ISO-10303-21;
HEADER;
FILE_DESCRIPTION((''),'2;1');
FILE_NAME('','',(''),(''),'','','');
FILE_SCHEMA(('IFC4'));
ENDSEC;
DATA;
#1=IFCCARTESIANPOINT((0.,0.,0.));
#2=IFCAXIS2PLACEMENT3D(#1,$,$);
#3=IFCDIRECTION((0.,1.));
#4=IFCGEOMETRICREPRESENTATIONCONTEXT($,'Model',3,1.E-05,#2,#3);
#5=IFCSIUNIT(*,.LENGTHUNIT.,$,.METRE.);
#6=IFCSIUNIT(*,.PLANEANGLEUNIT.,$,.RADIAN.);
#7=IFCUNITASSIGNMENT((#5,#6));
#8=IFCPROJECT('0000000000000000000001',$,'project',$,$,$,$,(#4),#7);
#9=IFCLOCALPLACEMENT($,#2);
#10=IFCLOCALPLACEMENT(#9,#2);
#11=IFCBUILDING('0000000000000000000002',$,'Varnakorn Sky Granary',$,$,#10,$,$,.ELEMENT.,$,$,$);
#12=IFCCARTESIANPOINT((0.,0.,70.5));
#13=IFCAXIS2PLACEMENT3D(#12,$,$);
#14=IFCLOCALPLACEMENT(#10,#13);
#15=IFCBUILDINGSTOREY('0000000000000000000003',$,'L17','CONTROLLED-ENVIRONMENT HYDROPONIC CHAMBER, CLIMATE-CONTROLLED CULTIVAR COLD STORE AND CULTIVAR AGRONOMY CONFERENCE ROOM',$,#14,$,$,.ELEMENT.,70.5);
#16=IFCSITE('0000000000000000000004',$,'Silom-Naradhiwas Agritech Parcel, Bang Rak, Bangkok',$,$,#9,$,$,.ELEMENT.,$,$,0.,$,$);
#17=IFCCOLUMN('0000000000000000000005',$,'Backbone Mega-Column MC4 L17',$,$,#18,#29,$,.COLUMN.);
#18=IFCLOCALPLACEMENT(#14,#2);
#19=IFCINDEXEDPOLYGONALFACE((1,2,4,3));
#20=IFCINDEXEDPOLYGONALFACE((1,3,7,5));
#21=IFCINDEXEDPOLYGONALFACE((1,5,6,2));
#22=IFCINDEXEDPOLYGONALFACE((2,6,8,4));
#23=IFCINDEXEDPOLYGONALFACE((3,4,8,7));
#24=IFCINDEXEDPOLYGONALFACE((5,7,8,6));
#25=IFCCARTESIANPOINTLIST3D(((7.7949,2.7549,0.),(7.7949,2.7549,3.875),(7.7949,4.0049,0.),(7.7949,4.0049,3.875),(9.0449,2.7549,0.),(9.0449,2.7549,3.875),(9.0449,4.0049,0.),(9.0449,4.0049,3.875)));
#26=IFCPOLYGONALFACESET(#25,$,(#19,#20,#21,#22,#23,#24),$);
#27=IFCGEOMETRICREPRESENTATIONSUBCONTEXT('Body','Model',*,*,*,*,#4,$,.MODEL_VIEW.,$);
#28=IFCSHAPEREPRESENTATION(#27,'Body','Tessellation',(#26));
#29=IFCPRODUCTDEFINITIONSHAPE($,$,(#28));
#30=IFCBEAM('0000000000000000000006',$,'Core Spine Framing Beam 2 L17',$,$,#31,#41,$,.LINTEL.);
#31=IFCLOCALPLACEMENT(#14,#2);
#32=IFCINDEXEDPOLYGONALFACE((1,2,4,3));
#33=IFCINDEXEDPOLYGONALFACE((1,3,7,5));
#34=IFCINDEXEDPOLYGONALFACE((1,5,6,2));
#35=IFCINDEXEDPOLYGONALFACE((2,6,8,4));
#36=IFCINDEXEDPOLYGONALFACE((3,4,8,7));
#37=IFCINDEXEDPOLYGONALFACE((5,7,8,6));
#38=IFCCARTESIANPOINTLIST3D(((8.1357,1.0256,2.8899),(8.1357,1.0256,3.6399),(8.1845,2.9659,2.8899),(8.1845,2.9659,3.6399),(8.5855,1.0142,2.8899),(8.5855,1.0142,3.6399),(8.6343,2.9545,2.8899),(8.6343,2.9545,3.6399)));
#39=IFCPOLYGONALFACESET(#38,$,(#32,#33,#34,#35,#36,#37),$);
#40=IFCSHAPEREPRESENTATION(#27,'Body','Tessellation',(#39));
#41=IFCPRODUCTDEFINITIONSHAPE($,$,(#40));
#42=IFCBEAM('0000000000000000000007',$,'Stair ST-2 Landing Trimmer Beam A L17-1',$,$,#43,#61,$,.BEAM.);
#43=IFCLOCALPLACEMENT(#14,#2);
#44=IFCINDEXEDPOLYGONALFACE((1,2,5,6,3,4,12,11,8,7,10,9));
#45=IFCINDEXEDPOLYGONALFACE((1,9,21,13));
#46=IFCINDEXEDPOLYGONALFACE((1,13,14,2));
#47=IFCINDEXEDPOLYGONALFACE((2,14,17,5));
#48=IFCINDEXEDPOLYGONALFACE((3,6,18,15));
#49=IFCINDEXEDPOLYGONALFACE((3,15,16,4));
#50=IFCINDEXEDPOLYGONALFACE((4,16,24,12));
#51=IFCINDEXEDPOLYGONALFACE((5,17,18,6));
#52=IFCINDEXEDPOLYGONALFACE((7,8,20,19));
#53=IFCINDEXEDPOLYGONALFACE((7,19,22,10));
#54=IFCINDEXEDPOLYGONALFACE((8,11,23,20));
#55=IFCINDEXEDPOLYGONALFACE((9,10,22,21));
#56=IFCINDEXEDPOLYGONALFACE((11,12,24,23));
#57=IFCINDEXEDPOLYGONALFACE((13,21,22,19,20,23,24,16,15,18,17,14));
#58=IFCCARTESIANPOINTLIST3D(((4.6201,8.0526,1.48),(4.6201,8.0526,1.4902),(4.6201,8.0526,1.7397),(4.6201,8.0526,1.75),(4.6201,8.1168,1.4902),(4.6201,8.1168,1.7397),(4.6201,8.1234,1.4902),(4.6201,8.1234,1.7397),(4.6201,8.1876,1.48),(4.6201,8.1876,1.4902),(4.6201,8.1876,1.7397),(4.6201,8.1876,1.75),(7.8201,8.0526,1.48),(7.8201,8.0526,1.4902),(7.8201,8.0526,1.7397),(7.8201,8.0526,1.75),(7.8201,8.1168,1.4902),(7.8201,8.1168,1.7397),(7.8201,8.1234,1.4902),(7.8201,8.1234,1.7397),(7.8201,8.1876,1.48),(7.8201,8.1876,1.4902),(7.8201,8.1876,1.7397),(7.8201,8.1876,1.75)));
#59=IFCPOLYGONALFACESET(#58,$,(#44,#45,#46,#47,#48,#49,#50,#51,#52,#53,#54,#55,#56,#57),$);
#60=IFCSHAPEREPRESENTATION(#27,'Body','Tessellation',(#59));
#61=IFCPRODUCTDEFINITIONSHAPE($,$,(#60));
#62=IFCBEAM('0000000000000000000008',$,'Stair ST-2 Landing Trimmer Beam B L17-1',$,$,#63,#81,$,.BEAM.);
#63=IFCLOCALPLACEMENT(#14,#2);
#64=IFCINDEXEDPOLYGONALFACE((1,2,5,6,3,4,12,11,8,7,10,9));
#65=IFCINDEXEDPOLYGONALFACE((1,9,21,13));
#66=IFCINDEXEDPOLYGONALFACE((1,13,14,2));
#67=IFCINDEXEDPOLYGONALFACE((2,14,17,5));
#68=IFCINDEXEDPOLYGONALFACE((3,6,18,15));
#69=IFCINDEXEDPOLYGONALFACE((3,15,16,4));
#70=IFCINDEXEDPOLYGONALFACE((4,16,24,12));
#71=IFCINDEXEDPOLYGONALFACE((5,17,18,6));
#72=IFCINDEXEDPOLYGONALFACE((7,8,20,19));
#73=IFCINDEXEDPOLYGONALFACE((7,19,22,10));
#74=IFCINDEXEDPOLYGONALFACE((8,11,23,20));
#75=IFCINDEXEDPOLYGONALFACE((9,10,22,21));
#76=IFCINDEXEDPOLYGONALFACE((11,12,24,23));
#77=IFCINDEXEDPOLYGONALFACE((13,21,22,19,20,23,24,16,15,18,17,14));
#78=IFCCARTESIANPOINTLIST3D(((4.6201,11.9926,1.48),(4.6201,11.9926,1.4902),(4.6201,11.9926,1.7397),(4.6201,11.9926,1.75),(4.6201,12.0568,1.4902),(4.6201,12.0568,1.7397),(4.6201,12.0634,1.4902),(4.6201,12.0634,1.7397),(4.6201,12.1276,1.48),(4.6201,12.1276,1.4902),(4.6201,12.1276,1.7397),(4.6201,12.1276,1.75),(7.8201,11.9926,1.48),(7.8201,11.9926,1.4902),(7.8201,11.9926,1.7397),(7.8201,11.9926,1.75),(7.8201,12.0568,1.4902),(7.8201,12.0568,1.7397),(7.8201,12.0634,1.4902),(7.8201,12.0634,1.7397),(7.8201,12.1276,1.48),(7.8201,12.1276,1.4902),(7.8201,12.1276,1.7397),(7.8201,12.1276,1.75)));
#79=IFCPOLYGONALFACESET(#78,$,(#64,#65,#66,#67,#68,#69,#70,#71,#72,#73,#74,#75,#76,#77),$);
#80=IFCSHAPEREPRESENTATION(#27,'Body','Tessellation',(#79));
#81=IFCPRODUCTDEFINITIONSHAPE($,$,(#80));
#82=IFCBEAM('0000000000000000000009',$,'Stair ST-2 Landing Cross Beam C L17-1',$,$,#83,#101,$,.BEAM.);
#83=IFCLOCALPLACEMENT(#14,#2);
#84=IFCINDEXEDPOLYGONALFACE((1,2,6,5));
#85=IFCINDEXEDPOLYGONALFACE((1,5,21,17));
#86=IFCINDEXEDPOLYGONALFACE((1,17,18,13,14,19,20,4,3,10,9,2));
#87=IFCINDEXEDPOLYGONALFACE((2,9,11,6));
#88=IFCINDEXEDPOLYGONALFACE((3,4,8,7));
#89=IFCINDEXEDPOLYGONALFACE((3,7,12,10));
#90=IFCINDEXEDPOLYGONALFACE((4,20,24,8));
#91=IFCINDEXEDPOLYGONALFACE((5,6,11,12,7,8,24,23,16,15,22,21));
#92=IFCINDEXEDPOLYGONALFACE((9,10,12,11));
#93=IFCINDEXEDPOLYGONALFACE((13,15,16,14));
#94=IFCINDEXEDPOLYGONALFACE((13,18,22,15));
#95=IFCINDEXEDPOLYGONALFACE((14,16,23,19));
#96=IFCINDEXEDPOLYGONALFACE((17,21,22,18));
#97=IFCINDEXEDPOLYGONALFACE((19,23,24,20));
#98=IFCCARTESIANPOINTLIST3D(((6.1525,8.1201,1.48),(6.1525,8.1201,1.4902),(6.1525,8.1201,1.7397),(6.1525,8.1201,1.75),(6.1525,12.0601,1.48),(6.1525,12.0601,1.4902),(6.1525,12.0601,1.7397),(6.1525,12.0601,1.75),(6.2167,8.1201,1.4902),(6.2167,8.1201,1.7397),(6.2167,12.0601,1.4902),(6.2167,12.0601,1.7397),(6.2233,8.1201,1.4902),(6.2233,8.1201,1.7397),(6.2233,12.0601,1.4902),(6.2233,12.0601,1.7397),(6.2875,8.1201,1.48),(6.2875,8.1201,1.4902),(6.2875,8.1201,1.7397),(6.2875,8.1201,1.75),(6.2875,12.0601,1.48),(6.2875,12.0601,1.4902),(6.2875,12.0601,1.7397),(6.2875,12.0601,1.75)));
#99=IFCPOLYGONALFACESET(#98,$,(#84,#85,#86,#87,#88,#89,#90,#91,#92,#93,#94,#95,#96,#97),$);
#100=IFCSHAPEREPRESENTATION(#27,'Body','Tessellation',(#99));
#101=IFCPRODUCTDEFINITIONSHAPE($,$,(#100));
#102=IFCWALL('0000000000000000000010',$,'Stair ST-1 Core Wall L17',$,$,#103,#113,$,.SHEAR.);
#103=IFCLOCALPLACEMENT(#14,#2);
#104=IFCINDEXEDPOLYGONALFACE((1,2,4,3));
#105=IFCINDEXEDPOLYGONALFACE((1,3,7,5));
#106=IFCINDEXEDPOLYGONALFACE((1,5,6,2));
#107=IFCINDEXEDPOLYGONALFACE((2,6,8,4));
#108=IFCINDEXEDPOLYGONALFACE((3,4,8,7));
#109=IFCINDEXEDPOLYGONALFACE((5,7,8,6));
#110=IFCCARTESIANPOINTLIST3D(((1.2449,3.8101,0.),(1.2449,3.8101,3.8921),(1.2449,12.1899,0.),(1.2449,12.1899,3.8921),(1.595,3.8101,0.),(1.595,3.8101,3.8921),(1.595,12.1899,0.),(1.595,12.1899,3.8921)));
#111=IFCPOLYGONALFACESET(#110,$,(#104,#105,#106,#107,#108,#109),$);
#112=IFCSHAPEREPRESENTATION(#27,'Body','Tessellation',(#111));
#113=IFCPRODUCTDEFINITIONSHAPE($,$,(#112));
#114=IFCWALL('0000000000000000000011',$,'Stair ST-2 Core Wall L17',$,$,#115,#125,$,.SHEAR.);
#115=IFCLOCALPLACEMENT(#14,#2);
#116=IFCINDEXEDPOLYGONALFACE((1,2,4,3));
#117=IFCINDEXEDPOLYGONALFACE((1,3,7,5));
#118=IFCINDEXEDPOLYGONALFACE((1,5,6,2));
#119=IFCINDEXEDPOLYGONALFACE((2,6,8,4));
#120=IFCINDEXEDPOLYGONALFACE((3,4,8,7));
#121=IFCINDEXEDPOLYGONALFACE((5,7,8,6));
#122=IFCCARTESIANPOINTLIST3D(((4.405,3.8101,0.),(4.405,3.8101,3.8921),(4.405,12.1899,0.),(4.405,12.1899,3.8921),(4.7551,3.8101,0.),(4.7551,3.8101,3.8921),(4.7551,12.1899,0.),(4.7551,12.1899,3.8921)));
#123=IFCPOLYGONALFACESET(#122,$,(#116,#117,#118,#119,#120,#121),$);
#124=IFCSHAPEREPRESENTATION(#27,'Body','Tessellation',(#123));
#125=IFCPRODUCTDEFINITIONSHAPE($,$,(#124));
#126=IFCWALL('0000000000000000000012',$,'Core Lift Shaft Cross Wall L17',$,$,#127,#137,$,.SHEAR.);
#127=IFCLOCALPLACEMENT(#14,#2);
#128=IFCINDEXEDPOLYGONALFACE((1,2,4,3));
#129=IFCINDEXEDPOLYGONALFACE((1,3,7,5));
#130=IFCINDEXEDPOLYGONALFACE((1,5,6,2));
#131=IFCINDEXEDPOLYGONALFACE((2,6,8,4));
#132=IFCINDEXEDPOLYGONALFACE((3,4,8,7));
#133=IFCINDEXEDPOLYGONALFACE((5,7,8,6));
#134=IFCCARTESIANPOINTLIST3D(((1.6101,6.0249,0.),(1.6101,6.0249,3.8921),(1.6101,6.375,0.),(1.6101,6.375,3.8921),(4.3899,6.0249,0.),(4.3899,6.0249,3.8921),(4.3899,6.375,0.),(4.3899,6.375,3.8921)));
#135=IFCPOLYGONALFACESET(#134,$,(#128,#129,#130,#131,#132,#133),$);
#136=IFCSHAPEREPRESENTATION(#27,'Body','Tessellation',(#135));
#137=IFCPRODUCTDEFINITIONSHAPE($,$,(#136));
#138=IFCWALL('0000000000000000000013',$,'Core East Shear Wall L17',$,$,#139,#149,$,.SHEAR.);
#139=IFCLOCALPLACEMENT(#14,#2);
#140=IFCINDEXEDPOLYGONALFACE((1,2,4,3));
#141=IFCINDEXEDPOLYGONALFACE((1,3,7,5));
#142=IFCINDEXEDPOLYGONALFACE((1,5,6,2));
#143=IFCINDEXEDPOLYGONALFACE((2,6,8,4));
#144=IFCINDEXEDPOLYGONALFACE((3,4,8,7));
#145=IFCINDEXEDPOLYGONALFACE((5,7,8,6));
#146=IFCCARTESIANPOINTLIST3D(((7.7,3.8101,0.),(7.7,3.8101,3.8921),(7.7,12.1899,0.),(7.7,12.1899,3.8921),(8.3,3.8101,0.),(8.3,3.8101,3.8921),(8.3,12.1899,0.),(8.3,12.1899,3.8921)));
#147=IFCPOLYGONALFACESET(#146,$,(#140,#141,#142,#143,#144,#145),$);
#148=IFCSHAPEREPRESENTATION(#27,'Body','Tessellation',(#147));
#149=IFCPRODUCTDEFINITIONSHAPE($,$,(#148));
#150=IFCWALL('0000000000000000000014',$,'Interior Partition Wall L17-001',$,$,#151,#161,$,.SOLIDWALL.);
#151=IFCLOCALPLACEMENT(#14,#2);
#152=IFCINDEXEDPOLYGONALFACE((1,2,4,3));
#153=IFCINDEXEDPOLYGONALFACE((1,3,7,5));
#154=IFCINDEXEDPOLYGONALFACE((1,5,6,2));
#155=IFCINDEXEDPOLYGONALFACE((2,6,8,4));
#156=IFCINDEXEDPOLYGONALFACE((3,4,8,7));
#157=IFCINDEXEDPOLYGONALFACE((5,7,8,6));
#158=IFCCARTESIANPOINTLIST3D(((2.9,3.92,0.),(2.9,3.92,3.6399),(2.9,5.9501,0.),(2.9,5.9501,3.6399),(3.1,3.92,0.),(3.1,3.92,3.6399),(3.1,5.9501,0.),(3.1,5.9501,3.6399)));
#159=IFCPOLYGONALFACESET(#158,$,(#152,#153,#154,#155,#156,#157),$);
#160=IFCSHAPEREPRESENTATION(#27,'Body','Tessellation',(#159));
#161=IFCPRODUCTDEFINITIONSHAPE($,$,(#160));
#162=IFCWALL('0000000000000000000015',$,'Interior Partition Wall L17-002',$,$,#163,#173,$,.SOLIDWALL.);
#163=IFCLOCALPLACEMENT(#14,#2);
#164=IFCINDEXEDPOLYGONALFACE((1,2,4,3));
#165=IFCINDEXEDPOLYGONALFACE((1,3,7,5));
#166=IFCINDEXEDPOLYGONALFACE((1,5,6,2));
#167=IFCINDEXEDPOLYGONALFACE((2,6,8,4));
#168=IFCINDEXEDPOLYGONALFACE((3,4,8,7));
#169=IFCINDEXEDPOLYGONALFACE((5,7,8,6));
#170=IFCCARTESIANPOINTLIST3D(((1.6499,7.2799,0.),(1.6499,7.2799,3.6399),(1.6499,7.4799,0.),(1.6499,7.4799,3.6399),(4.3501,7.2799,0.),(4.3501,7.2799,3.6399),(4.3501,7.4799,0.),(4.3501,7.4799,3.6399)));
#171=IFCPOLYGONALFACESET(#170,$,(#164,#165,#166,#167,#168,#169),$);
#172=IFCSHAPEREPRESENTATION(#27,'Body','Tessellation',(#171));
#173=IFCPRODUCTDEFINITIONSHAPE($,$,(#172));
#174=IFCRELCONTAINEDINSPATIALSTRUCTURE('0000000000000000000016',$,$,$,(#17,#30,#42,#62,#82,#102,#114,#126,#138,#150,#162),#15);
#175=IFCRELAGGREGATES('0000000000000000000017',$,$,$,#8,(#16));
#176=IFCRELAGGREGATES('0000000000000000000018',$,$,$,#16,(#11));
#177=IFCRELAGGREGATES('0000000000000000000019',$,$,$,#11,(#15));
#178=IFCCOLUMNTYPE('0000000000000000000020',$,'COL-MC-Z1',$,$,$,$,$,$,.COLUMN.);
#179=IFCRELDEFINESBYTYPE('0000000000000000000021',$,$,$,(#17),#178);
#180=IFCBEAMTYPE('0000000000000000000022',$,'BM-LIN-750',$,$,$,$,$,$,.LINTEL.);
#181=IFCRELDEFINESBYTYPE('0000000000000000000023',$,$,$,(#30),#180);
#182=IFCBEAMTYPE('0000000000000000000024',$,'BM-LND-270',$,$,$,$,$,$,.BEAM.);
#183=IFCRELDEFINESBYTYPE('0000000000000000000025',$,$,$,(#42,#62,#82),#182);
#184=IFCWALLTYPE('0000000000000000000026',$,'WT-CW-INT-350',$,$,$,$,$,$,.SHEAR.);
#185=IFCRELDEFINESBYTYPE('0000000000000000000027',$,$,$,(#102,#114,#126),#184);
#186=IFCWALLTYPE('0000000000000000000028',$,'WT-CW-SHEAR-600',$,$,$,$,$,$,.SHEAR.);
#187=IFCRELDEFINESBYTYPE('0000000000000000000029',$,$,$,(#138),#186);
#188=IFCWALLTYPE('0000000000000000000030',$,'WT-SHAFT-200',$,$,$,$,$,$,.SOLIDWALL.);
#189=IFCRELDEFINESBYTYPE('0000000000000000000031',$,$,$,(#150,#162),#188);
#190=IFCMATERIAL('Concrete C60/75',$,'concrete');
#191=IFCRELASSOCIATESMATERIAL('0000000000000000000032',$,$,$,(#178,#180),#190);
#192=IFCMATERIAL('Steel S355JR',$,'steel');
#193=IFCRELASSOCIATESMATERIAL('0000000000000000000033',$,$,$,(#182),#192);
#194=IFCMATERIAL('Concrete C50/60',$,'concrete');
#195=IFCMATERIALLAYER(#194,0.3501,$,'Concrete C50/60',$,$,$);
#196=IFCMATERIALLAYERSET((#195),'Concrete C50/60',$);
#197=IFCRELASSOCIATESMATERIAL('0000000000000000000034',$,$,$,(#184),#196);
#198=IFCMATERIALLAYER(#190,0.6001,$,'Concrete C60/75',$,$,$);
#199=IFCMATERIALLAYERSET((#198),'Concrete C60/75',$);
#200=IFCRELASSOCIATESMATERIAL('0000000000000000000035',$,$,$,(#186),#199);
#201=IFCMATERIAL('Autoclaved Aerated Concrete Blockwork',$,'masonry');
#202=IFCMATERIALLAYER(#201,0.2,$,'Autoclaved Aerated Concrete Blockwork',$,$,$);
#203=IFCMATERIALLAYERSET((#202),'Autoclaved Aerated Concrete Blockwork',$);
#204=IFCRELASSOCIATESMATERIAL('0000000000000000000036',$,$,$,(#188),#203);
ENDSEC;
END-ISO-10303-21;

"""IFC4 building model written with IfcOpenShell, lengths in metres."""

from ifc_helpers import new_model, si_unit, direction, frame, frame_2d, origin, origin_2d, place, context, subcontext, project, spatial, rectangle, i_section, extrude, material, layer, layer_set, material_profile, profile_set, type_object, element, save


model = new_model("IFC4")

# Units and contexts
model_context = context("Model", 3, precision=1e-05, world=origin(), true_north=direction((0.0, 1.0)))
body_context = subcontext(model_context, "Body", "Model", "MODEL_VIEW")
ifc_project = project(units=[si_unit("LENGTHUNIT", "METRE"), si_unit("PLANEANGLEUNIT", "RADIAN")], contexts=[model_context])

# Site, building, storey
site_placement = place(None, origin())
site = spatial("IfcSite", under=ifc_project, at=site_placement, Name="Silom-Naradhiwas Agritech Parcel, Bang Rak, Bangkok", CompositionType="ELEMENT", RefElevation=0.0)
building_placement = place(site_placement, origin())
building = spatial("IfcBuilding", under=site, at=building_placement, Name="Varnakorn Sky Granary", CompositionType="ELEMENT")
storey_placement = place(building_placement, frame((0.0, 0.0, 70.5)))
storey = spatial("IfcBuildingStorey", under=building, at=storey_placement, Name="L17", Description="CONTROLLED-ENVIRONMENT HYDROPONIC CHAMBER, CLIMATE-CONTROLLED CULTIVAR COLD STORE AND CULTIVAR AGRONOMY CONFERENCE ROOM", CompositionType="ELEMENT", Elevation=70.5)

# Column
ifc_material_1 = material(Name="Concrete C60/75", Category="concrete")
ifc_material_profile_1 = material_profile(ifc_material_1, rectangle(XDim=1.25, YDim=1.25, at=origin_2d()), Name="RC 1250x1250")
ifc_profile_set_1 = profile_set([ifc_material_profile_1], Name="Concrete C60/75")
column_type = type_object("IfcColumnType", Name="COL-MC-Z1", PredefinedType="COLUMN", material=ifc_profile_set_1)
column_placement = place(storey_placement, frame((8.4199, 3.3799, 0.0), z_axis=(0.0, 0.0, 1.0), x_axis=(1.0, 0.0, 0.0)))
element("IfcColumn", 1, at=column_placement, inside=storey, type_object=column_type, Name="Backbone Mega-Column MC4 L17", PredefinedType="COLUMN", context=body_context, shape_type="SweptSolid", body=[
    extrude(rectangle(XDim=1.25, YDim=1.25, at=origin_2d()), origin(), (0.0, 0.0, 1.0), 3.875),
])

# Beams
ifc_material_profile_2 = material_profile(ifc_material_1, rectangle(XDim=0.45, YDim=0.75, at=origin_2d()), Name="RC 450x750")
ifc_profile_set_2 = profile_set([ifc_material_profile_2], Name="Concrete C60/75")
beam_type_1 = type_object("IfcBeamType", Name="BM-LIN-750", PredefinedType="LINTEL", material=ifc_profile_set_2)
beam_1_placement = place(storey_placement, frame((8.4094, 2.9602, 3.2649), z_axis=(-0.025159, -0.999683, 0.0), x_axis=(0.999683, -0.025159, 0.0)))
element("IfcBeam", 2, at=beam_1_placement, inside=storey, type_object=beam_type_1, Name="Core Spine Framing Beam 2 L17", PredefinedType="LINTEL", context=body_context, shape_type="SweptSolid", body=[
    extrude(rectangle(XDim=0.45, YDim=0.75, at=origin_2d()), origin(), (0.0, 0.0, 1.0), 1.9409),
])
ifc_material_2 = material(Name="Steel S355JR", Category="steel")
ifc_material_profile_3 = material_profile(ifc_material_2, i_section(OverallWidth=0.135, OverallDepth=0.27, WebThickness=0.0066, FlangeThickness=0.0103, at=origin_2d()), Name="IPE 270")
ifc_profile_set_3 = profile_set([ifc_material_profile_3], Name="Steel S355JR")
beam_type_2 = type_object("IfcBeamType", Name="BM-LND-270", PredefinedType="BEAM", material=ifc_profile_set_3)
for number, where, z_axis, x_axis, name in (
    (3, (4.6201, 8.1201, 1.615), (1.0, 0.0, 0.0), (0.0, 1.0, 0.0), "Stair ST-2 Landing Trimmer Beam A L17-1"),
    (4, (4.6201, 12.0601, 1.615), (1.0, 0.0, 0.0), (0.0, 1.0, 0.0), "Stair ST-2 Landing Trimmer Beam B L17-1"),
):
    element("IfcBeam", number, at=place(storey_placement, frame(where, z_axis=z_axis, x_axis=x_axis)), inside=storey, type_object=beam_type_2, Name=name, PredefinedType="BEAM", context=body_context, shape_type="SweptSolid", body=[
        extrude(i_section(OverallWidth=0.135, OverallDepth=0.27, WebThickness=0.0066, FlangeThickness=0.0103, at=origin_2d()), origin(), (0.0, 0.0, 1.0), 3.2),
    ])
beam_2_placement = place(storey_placement, frame((6.22, 8.1201, 1.615), z_axis=(0.0, 1.0, 0.0), x_axis=(-1.0, 0.0, 0.0)))
element("IfcBeam", 5, at=beam_2_placement, inside=storey, type_object=beam_type_2, Name="Stair ST-2 Landing Cross Beam C L17-1", PredefinedType="BEAM", context=body_context, shape_type="SweptSolid", body=[
    extrude(i_section(OverallWidth=0.135, OverallDepth=0.27, WebThickness=0.0066, FlangeThickness=0.0103, at=origin_2d()), origin(), (0.0, 0.0, 1.0), 3.9399),
])

# Walls
ifc_material_3 = material(Name="Concrete C50/60", Category="concrete")
ifc_layer_1 = layer(ifc_material_3, 0.3501, Name="Concrete C50/60")
ifc_layer_set_1 = layer_set([ifc_layer_1], Name="Concrete C50/60")
wall_type_1 = type_object("IfcWallType", Name="WT-CW-INT-350", PredefinedType="SHEAR", material=ifc_layer_set_1)
for number, where, z_axis, x_axis, name in (
    (6, (1.4199, 3.8101, 0.0), (0.0, 0.0, 1.0), (0.0, 1.0, 0.0), "Stair ST-1 Core Wall L17"),
    (7, (4.5801, 3.8101, 0.0), (0.0, 0.0, 1.0), (0.0, 1.0, 0.0), "Stair ST-2 Core Wall L17"),
):
    element("IfcWall", number, at=place(storey_placement, frame(where, z_axis=z_axis, x_axis=x_axis)), inside=storey, type_object=wall_type_1, Name=name, PredefinedType="SHEAR", context=body_context, shape_type="SweptSolid", body=[
        extrude(rectangle(XDim=8.3799, YDim=0.3501, at=frame_2d((4.1899, 0.0))), origin(), (0.0, 0.0, 1.0), 3.8921),
    ])
wall_1_placement = place(storey_placement, frame((1.6101, 6.2, 0.0), z_axis=(0.0, 0.0, 1.0), x_axis=(1.0, 0.0, 0.0)))
element("IfcWall", 8, at=wall_1_placement, inside=storey, type_object=wall_type_1, Name="Core Lift Shaft Cross Wall L17", PredefinedType="SHEAR", context=body_context, shape_type="SweptSolid", body=[
    extrude(rectangle(XDim=2.7798, YDim=0.3501, at=frame_2d((1.3899, 0.0))), origin(), (0.0, 0.0, 1.0), 3.8921),
])
ifc_layer_2 = layer(ifc_material_1, 0.6001, Name="Concrete C60/75")
ifc_layer_set_2 = layer_set([ifc_layer_2], Name="Concrete C60/75")
wall_type_2 = type_object("IfcWallType", Name="WT-CW-SHEAR-600", PredefinedType="SHEAR", material=ifc_layer_set_2)
wall_2_placement = place(storey_placement, frame((8.0, 3.8101, 0.0), z_axis=(0.0, 0.0, 1.0), x_axis=(0.0, 1.0, 0.0)))
element("IfcWall", 9, at=wall_2_placement, inside=storey, type_object=wall_type_2, Name="Core East Shear Wall L17", PredefinedType="SHEAR", context=body_context, shape_type="SweptSolid", body=[
    extrude(rectangle(XDim=8.3799, YDim=0.6001, at=frame_2d((4.1899, 0.0))), origin(), (0.0, 0.0, 1.0), 3.8921),
])
ifc_material_4 = material(Name="Autoclaved Aerated Concrete Blockwork", Category="masonry")
ifc_layer_3 = layer(ifc_material_4, 0.2, Name="Autoclaved Aerated Concrete Blockwork")
ifc_layer_set_3 = layer_set([ifc_layer_3], Name="Autoclaved Aerated Concrete Blockwork")
wall_type_3 = type_object("IfcWallType", Name="WT-SHAFT-200", PredefinedType="SOLIDWALL", material=ifc_layer_set_3)
wall_3_placement = place(storey_placement, frame((3.0, 3.9199, 0.0), z_axis=(0.0, 0.0, 1.0), x_axis=(0.0, 1.0, 0.0)))
element("IfcWall", 10, at=wall_3_placement, inside=storey, type_object=wall_type_3, Name="Interior Partition Wall L17-001", PredefinedType="SOLIDWALL", context=body_context, shape_type="SweptSolid", body=[
    extrude(rectangle(XDim=2.03, YDim=0.2, at=frame_2d((1.0151, 0.0))), origin(), (0.0, 0.0, 1.0), 3.6399),
])
wall_4_placement = place(storey_placement, frame((1.6499, 7.3799, 0.0), z_axis=(0.0, 0.0, 1.0), x_axis=(1.0, 0.0, 0.0)))
element("IfcWall", 11, at=wall_4_placement, inside=storey, type_object=wall_type_3, Name="Interior Partition Wall L17-002", PredefinedType="SOLIDWALL", context=body_context, shape_type="SweptSolid", body=[
    extrude(rectangle(XDim=2.7002, YDim=0.2, at=frame_2d((1.3501, 0.0))), origin(), (0.0, 0.0, 1.0), 3.6399),
])

save(model, "model.ifc")
